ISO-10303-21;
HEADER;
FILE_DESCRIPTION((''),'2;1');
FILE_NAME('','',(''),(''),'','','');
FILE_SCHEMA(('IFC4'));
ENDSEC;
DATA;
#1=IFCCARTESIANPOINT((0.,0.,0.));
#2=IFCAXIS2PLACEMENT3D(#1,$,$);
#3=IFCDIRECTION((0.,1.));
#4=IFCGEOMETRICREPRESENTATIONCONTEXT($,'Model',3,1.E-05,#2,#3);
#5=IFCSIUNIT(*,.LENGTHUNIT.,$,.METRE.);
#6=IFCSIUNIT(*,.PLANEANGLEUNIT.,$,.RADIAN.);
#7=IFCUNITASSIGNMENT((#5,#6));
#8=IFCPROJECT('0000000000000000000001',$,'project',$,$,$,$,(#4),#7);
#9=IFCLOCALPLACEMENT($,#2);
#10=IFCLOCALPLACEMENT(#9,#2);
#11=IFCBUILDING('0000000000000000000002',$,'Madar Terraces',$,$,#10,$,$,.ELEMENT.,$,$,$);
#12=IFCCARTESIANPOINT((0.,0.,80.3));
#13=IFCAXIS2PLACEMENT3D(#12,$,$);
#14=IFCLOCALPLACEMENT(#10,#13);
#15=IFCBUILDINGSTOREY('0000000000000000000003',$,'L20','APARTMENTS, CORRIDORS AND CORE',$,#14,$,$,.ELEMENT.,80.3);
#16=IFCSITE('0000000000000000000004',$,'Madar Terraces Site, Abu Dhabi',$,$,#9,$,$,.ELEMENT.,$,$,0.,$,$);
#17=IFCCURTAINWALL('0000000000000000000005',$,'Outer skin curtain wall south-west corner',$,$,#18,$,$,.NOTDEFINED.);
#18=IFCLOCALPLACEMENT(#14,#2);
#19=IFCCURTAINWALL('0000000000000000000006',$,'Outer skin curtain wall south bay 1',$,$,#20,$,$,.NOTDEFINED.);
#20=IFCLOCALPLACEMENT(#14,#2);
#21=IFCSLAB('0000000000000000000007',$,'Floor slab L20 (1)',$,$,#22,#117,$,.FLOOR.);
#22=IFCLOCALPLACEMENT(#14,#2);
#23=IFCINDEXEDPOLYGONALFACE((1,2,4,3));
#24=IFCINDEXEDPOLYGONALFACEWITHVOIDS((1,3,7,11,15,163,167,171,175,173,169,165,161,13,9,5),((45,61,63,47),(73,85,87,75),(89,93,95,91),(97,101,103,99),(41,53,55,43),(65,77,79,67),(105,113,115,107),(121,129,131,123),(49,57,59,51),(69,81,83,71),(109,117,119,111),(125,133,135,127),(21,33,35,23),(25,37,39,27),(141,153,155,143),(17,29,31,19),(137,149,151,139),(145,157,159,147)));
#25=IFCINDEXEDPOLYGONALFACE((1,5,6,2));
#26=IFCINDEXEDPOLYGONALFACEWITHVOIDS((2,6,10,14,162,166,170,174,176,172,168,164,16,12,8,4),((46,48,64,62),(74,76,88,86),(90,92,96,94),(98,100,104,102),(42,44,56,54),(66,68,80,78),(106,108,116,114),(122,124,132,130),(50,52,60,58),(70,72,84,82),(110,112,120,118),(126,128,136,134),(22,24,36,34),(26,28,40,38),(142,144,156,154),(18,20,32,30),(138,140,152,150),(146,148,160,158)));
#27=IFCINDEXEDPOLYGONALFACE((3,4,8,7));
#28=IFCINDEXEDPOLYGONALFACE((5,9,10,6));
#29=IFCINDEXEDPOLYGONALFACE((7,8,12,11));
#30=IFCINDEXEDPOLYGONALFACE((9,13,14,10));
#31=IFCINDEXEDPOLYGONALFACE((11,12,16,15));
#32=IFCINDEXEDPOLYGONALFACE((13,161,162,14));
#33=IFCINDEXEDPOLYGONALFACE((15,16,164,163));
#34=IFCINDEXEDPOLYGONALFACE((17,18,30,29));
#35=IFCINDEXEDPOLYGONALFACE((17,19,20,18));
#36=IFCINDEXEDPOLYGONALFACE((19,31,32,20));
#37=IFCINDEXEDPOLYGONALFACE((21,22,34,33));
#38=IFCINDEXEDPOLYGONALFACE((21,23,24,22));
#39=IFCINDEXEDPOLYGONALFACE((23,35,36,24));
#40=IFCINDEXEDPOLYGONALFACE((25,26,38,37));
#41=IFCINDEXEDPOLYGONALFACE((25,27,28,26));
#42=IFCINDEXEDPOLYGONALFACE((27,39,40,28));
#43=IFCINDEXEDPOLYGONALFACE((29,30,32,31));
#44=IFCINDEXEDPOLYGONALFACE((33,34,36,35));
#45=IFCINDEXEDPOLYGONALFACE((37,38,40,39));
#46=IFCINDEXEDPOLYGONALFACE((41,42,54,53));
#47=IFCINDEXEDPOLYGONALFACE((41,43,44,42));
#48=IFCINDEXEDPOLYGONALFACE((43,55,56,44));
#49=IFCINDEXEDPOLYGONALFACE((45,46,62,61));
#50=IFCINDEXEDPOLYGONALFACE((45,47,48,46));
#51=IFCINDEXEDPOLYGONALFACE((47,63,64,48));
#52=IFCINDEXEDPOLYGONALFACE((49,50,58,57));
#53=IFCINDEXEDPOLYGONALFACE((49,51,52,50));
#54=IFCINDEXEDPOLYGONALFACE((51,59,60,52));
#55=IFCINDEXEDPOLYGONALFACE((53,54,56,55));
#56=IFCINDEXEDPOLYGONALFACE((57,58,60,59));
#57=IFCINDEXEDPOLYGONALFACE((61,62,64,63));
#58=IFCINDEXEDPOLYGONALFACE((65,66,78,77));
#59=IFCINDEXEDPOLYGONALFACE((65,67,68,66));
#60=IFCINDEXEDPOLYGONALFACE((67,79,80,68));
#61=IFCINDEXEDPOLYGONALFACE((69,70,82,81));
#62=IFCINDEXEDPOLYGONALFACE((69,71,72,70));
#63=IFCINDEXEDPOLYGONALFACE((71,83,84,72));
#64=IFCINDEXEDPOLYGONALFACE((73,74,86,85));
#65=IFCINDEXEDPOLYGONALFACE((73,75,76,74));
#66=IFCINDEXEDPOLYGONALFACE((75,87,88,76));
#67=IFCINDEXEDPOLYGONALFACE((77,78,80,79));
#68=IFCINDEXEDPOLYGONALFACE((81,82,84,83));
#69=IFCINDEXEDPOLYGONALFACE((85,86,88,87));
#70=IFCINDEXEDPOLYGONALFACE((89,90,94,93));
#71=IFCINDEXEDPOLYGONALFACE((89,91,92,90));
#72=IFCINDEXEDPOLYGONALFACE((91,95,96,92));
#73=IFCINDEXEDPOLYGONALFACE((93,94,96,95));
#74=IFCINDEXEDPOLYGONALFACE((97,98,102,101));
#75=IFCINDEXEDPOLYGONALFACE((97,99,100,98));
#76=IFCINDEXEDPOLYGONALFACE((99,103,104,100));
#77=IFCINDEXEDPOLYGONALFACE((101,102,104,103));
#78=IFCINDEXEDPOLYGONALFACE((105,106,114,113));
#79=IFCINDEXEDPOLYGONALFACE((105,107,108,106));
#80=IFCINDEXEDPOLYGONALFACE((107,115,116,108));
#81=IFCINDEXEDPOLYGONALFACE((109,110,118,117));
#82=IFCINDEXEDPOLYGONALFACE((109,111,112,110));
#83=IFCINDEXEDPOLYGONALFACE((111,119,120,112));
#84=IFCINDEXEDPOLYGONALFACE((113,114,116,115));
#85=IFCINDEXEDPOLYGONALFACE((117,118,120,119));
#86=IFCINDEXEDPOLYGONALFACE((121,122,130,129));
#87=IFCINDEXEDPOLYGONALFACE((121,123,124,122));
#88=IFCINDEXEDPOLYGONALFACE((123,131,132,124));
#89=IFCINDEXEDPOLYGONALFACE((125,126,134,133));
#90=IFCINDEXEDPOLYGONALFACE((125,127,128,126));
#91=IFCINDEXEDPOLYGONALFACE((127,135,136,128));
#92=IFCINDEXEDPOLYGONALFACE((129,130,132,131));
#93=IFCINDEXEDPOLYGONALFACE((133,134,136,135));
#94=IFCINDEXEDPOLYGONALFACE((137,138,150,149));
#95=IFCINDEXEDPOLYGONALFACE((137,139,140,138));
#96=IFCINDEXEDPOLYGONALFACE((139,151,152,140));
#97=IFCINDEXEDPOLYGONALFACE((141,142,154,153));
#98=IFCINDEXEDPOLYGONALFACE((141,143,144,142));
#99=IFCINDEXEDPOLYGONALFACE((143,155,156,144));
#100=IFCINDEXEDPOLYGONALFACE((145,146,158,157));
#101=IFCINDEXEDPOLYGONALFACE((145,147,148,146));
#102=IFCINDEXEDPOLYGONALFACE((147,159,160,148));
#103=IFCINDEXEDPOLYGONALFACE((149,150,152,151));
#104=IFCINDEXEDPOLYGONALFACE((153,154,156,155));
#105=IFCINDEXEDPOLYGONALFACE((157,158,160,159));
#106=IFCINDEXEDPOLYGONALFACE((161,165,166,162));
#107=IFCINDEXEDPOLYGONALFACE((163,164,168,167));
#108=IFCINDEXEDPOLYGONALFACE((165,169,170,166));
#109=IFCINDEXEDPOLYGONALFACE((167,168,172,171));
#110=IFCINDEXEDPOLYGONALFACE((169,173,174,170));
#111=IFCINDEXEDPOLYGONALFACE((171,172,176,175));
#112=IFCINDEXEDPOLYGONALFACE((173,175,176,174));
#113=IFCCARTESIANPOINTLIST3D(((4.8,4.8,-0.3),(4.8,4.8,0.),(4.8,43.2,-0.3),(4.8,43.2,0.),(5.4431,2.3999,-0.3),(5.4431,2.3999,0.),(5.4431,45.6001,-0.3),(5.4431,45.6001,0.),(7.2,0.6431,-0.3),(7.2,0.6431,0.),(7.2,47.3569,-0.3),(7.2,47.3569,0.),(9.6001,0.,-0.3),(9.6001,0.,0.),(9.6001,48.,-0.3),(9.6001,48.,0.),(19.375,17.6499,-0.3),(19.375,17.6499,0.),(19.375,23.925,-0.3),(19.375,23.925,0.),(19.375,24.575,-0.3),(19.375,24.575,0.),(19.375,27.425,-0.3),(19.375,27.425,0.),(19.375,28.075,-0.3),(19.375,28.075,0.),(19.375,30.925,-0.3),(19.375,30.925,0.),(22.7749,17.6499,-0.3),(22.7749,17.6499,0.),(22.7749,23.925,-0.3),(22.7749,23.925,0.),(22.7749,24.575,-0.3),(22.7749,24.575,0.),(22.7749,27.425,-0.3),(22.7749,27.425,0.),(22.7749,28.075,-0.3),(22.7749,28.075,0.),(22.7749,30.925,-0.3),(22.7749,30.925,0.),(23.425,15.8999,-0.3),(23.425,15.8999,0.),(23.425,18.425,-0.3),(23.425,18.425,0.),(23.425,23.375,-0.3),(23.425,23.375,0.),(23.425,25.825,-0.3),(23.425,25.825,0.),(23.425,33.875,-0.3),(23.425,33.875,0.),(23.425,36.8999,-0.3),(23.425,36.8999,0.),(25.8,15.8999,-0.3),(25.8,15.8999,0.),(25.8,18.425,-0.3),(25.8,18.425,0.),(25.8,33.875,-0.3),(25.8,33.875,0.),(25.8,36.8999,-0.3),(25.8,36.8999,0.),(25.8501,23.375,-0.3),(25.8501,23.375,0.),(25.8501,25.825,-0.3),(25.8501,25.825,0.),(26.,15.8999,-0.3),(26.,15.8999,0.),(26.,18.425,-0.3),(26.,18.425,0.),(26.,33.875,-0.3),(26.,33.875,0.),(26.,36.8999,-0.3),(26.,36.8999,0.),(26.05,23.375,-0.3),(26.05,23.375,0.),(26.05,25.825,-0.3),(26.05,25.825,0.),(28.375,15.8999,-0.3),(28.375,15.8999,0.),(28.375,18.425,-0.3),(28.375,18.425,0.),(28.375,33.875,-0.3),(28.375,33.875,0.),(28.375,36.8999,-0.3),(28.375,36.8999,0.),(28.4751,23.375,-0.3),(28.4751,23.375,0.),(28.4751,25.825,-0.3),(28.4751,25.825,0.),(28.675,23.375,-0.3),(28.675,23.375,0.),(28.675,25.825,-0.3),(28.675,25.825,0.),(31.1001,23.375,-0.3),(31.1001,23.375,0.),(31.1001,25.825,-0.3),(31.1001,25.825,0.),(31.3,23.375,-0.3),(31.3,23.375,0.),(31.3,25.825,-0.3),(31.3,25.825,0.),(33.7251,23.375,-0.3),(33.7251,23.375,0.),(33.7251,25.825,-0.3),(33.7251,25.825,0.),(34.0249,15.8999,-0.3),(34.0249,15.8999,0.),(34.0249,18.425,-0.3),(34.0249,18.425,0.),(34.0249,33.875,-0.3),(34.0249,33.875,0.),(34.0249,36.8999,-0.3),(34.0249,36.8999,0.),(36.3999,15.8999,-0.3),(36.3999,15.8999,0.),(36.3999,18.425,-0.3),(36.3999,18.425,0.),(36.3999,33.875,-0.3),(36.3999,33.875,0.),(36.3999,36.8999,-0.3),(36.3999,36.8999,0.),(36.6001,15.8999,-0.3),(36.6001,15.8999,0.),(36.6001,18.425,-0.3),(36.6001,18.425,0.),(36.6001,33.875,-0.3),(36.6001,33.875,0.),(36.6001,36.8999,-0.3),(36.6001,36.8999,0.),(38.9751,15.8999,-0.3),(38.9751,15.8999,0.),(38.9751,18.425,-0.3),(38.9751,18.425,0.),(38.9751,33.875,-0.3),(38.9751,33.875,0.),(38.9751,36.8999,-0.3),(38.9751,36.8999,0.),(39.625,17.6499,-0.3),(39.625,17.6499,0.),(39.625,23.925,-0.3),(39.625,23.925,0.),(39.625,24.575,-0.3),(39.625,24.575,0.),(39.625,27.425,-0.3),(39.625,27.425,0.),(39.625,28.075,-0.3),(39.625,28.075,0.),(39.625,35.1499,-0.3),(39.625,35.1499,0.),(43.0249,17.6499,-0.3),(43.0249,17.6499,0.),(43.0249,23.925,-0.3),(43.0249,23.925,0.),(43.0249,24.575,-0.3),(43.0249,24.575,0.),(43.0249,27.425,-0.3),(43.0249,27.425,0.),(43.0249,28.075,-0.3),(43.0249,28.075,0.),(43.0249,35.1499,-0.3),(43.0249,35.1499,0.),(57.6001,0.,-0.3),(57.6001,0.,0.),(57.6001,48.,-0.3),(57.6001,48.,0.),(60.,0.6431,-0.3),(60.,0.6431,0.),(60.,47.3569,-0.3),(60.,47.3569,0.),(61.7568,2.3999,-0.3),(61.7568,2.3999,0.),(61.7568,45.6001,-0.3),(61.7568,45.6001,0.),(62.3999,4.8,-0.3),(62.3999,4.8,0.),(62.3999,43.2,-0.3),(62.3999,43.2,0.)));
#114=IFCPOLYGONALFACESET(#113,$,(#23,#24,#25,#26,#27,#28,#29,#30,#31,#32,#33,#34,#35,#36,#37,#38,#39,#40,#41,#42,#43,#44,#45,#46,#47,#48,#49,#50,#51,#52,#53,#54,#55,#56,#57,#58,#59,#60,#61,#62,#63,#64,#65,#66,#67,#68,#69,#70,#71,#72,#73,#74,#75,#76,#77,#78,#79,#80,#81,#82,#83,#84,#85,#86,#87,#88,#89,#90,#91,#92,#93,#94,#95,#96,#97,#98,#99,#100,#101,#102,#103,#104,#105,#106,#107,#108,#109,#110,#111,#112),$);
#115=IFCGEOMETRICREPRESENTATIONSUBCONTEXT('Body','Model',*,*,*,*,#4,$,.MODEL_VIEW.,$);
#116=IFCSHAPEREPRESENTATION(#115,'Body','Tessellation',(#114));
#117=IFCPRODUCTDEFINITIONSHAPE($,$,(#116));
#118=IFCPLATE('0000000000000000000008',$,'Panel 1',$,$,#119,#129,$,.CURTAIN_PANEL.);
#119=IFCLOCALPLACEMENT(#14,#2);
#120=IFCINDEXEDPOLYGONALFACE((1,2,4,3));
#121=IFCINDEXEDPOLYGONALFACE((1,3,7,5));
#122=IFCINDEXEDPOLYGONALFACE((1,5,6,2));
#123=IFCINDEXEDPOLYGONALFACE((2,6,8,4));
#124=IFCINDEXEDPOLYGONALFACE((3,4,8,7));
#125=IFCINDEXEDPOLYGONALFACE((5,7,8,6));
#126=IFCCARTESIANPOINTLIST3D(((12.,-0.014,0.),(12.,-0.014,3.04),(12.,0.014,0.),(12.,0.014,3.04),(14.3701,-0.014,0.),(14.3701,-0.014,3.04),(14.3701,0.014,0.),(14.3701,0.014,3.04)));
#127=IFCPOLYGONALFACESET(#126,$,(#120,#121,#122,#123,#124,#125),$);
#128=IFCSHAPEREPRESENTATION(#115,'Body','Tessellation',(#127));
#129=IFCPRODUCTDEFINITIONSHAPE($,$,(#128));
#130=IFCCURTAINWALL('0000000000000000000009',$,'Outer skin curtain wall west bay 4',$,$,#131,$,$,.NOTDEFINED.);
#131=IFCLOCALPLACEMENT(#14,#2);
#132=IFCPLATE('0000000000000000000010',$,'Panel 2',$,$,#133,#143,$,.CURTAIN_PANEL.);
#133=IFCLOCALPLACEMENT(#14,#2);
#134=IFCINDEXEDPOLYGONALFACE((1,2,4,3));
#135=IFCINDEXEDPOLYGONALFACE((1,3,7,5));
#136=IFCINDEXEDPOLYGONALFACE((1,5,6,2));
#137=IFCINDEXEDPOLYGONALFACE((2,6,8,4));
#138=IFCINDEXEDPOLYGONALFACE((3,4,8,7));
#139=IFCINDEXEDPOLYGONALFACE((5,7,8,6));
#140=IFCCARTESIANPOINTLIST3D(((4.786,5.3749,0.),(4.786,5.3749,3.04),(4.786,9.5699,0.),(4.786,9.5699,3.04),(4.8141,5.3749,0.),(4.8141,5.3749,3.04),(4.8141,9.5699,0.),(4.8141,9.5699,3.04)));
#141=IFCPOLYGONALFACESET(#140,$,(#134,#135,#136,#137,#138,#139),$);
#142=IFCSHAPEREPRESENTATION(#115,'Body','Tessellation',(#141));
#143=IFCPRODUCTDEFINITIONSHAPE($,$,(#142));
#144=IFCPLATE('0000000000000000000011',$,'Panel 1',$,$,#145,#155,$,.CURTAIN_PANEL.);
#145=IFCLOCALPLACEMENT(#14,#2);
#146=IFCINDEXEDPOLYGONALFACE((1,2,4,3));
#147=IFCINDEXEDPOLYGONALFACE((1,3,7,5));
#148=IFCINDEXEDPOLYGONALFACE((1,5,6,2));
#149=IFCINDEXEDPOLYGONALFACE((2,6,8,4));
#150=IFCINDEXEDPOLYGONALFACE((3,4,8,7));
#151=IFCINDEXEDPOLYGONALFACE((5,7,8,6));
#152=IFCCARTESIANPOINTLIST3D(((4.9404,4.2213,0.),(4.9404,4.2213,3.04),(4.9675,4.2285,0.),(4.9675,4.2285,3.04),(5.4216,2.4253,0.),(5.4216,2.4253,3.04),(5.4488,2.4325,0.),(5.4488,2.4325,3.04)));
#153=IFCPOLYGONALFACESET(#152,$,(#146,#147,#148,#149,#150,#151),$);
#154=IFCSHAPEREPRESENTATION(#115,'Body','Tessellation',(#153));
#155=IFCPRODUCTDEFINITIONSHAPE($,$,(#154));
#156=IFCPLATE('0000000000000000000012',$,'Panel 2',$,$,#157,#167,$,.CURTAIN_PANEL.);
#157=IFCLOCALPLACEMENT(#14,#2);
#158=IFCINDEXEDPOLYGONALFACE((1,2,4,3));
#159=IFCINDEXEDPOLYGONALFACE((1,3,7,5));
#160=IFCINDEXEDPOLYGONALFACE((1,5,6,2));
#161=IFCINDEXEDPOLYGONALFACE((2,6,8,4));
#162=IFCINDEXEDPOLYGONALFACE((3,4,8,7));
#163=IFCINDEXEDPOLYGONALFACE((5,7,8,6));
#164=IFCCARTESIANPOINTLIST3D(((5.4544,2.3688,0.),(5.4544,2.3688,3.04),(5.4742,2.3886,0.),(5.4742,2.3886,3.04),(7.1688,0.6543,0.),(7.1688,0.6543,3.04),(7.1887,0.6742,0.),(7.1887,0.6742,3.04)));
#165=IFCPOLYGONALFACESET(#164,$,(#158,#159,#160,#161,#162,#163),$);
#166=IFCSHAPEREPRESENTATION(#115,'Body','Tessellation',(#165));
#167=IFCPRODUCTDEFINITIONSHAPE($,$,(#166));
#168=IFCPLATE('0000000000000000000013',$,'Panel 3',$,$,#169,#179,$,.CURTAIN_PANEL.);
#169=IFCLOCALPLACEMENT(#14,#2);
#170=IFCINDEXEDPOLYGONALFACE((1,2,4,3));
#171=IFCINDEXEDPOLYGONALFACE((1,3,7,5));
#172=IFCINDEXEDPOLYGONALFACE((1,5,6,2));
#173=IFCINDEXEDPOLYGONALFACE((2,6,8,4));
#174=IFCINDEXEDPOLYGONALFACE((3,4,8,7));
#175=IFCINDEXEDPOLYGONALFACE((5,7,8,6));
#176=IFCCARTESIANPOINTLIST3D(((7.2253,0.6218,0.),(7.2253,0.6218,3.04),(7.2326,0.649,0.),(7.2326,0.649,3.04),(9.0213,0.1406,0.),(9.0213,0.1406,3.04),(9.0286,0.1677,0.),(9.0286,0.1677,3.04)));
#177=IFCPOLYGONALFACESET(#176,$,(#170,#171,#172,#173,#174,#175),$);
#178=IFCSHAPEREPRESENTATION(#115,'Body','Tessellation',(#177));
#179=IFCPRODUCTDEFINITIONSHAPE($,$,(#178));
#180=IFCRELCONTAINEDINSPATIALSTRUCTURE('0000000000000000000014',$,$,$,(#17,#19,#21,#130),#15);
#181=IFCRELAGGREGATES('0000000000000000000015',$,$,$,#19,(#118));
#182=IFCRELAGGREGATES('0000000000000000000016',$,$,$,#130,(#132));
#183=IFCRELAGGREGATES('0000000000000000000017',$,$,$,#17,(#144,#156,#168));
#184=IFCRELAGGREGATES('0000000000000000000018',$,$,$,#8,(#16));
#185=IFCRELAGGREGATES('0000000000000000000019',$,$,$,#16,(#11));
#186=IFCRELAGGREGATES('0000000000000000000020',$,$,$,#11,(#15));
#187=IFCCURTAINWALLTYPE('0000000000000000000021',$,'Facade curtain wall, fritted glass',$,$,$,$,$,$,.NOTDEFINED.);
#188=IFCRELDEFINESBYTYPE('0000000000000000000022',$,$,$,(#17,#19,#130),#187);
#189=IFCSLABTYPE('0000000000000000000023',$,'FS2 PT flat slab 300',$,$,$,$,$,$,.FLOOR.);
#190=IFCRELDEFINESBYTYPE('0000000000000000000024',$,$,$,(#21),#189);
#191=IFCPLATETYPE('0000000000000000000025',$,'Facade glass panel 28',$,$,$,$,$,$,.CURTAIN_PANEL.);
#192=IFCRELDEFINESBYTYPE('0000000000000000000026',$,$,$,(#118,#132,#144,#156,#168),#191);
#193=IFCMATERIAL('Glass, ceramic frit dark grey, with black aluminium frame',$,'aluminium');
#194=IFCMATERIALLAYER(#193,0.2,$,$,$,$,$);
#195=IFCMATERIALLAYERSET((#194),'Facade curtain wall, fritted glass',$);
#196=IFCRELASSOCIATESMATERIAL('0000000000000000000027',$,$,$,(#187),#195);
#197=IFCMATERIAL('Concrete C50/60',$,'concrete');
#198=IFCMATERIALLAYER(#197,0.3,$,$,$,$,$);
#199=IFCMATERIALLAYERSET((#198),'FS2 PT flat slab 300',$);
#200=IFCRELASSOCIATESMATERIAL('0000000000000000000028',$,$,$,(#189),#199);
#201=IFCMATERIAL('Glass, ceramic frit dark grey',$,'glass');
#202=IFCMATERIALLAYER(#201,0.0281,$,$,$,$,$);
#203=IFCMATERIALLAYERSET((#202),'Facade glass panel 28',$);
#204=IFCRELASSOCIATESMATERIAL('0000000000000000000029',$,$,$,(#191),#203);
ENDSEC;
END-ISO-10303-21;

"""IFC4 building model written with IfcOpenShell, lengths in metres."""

from ifc_helpers import new_model, si_unit, direction, frame, origin, origin_2d, place, context, subcontext, project, spatial, polyline, rectangle, outline, extrude, material, layer, layer_set, type_object, element, aggregate, save


model = new_model("IFC4")

# Units and contexts
model_context = context("Model", 3, precision=1e-05, world=origin(), true_north=direction((0.0, 1.0)))
body_context = subcontext(model_context, "Body", "Model", "MODEL_VIEW")
ifc_project = project(units=[si_unit("LENGTHUNIT", "METRE"), si_unit("PLANEANGLEUNIT", "RADIAN")], contexts=[model_context])

# Site, building, storey
site_placement = place(None, origin())
site = spatial("IfcSite", under=ifc_project, at=site_placement, Name="Madar Terraces Site, Abu Dhabi", CompositionType="ELEMENT", RefElevation=0.0)
building_placement = place(site_placement, origin())
building = spatial("IfcBuilding", under=site, at=building_placement, Name="Madar Terraces", CompositionType="ELEMENT")
storey_placement = place(building_placement, frame((0.0, 0.0, 80.3)))
storey = spatial("IfcBuildingStorey", under=building, at=storey_placement, Name="L20", Description="APARTMENTS, CORRIDORS AND CORE", CompositionType="ELEMENT", Elevation=80.3)

# Curtain wall
ifc_material_1 = material(Name="Glass, ceramic frit dark grey, with black aluminium frame", Category="aluminium")
ifc_layer_1 = layer(ifc_material_1, 0.2)
ifc_layer_set_1 = layer_set([ifc_layer_1], Name="Facade curtain wall, fritted glass")
curtain_wall_type = type_object("IfcCurtainWallType", Name="Facade curtain wall, fritted glass", PredefinedType="NOTDEFINED", material=ifc_layer_set_1)
curtain_wall_1_placement = place(storey_placement, origin())
curtain_wall_1 = element("IfcCurtainWall", 1, at=curtain_wall_1_placement, inside=storey, type_object=curtain_wall_type, Name="Outer skin curtain wall south-west corner", PredefinedType="NOTDEFINED")

# Curtain wall
curtain_wall_2_placement = place(storey_placement, origin())
curtain_wall_2 = element("IfcCurtainWall", 2, at=curtain_wall_2_placement, inside=storey, type_object=curtain_wall_type, Name="Outer skin curtain wall south bay 1", PredefinedType="NOTDEFINED")

# Slab
ifc_material_2 = material(Name="Concrete C50/60", Category="concrete")
ifc_layer_2 = layer(ifc_material_2, 0.3)
ifc_layer_set_2 = layer_set([ifc_layer_2], Name="FS2 PT flat slab 300")
slab_type_1 = type_object("IfcSlabType", Name="FS2 PT flat slab 300", PredefinedType="FLOOR", material=ifc_layer_set_2)
slab_1_placement = place(storey_placement, frame((0.0, 0.0, -0.3)))
element("IfcSlab", 3, at=slab_1_placement, inside=storey, type_object=slab_type_1, Name="Floor slab L20 (1)", PredefinedType="FLOOR", context=body_context, shape_type="SweptSolid", body=[
    extrude(outline(polyline([(57.6001, 0.0), (60.0, 0.6431), (61.7568, 2.3999), (62.3999, 4.8), (62.3999, 43.2), (61.7568, 45.6001), (60.0, 47.3569), (57.6001, 48.0), (9.6001, 48.0), (7.2, 47.3569), (5.4431, 45.6001), (4.8, 43.2), (4.8, 4.8), (5.4431, 2.3999), (7.2, 0.6431), (9.6001, 0.0), (57.6001, 0.0)]), holes=[polyline([(23.425, 15.8999), (23.425, 18.425), (25.8, 18.425), (25.8, 15.8999), (23.425, 15.8999)]), polyline([(26.0, 15.8999), (26.0, 18.425), (28.375, 18.425), (28.375, 15.8999), (26.0, 15.8999)]), polyline([(19.375, 17.6499), (19.375, 23.925), (22.7749, 23.925), (22.7749, 17.6499), (19.375, 17.6499)]), polyline([(23.425, 23.375), (23.425, 25.825), (25.8501, 25.825), (25.8501, 23.375), (23.425, 23.375)]), polyline([(26.05, 23.375), (26.05, 25.825), (28.4751, 25.825), (28.4751, 23.375), (26.05, 23.375)]), polyline([(19.375, 24.575), (19.375, 27.425), (22.7749, 27.425), (22.7749, 24.575), (19.375, 24.575)]), polyline([(19.375, 28.075), (19.375, 30.925), (22.7749, 30.925), (22.7749, 28.075), (19.375, 28.075)]), polyline([(23.425, 36.8999), (25.8, 36.8999), (25.8, 33.875), (23.425, 33.875), (23.425, 36.8999)]), polyline([(26.0, 36.8999), (28.375, 36.8999), (28.375, 33.875), (26.0, 33.875), (26.0, 36.8999)]), polyline([(34.0249, 15.8999), (34.0249, 18.425), (36.3999, 18.425), (36.3999, 15.8999), (34.0249, 15.8999)]), polyline([(36.6001, 15.8999), (36.6001, 18.425), (38.9751, 18.425), (38.9751, 15.8999), (36.6001, 15.8999)]), polyline([(39.625, 17.6499), (39.625, 23.925), (43.0249, 23.925), (43.0249, 17.6499), (39.625, 17.6499)]), polyline([(28.675, 23.375), (28.675, 25.825), (31.1001, 25.825), (31.1001, 23.375), (28.675, 23.375)]), polyline([(31.3, 23.375), (31.3, 25.825), (33.7251, 25.825), (33.7251, 23.375), (31.3, 23.375)]), polyline([(39.625, 24.575), (39.625, 27.425), (43.0249, 27.425), (43.0249, 24.575), (39.625, 24.575)]), polyline([(39.625, 28.075), (39.625, 35.1499), (43.0249, 35.1499), (43.0249, 28.075), (39.625, 28.075)]), polyline([(34.0249, 36.8999), (36.3999, 36.8999), (36.3999, 33.875), (34.0249, 33.875), (34.0249, 36.8999)]), polyline([(36.6001, 36.8999), (38.9751, 36.8999), (38.9751, 33.875), (36.6001, 33.875), (36.6001, 36.8999)])]), origin(), (0.0, 0.0, 1.0), 0.3),
])

# Plate
ifc_material_3 = material(Name="Glass, ceramic frit dark grey", Category="glass")
ifc_layer_3 = layer(ifc_material_3, 0.0281)
ifc_layer_set_3 = layer_set([ifc_layer_3], Name="Facade glass panel 28")
plate_type = type_object("IfcPlateType", Name="Facade glass panel 28", PredefinedType="CURTAIN_PANEL", material=ifc_layer_set_3)
plate_1_placement = place(storey_placement, frame((13.1851, 0.0, 0.0), z_axis=(0.0, 0.0, 1.0), x_axis=(1.0, 0.0, 0.0)))
plate_1 = element("IfcPlate", 4, at=plate_1_placement, type_object=plate_type, Name="Panel 1", PredefinedType="CURTAIN_PANEL", context=body_context, shape_type="SweptSolid", body=[
    extrude(rectangle(XDim=2.3701, YDim=0.0281, at=origin_2d()), origin(), (0.0, 0.0, 1.0), 3.04),
])
aggregate(curtain_wall_2, [plate_1])

# Curtain wall, plate
curtain_wall_3_placement = place(storey_placement, origin())
curtain_wall_3 = element("IfcCurtainWall", 5, at=curtain_wall_3_placement, inside=storey, type_object=curtain_wall_type, Name="Outer skin curtain wall west bay 4", PredefinedType="NOTDEFINED")
plate_2_placement = place(storey_placement, frame((4.8, 7.4724, 0.0), z_axis=(0.0, 0.0, 1.0), x_axis=(0.0, -1.0, 0.0)))
plate_2 = element("IfcPlate", 6, at=plate_2_placement, type_object=plate_type, Name="Panel 2", PredefinedType="CURTAIN_PANEL", context=body_context, shape_type="SweptSolid", body=[
    extrude(rectangle(XDim=4.1951, YDim=0.0281, at=origin_2d()), origin(), (0.0, 0.0, 1.0), 3.04),
])
aggregate(curtain_wall_3, [plate_2])

# Plates
plate_3_placement = place(storey_placement, frame((5.1946, 3.3269, 0.0), z_axis=(0.0, 0.0, 1.0), x_axis=(0.258819, -0.965926, 0.0)))
plate_3 = element("IfcPlate", 7, at=plate_3_placement, type_object=plate_type, Name="Panel 1", PredefinedType="CURTAIN_PANEL", context=body_context, shape_type="SweptSolid", body=[
    extrude(rectangle(XDim=1.8594, YDim=0.0281, at=origin_2d()), origin(), (0.0, 0.0, 1.0), 3.04),
])
plate_4_placement = place(storey_placement, frame((6.3215, 1.5215, 0.0), z_axis=(0.0, 0.0, 1.0), x_axis=(0.707107, -0.707107, 0.0)))
plate_4 = element("IfcPlate", 8, at=plate_4_placement, type_object=plate_type, Name="Panel 2", PredefinedType="CURTAIN_PANEL", context=body_context, shape_type="SweptSolid", body=[
    extrude(rectangle(XDim=2.4246, YDim=0.0281, at=origin_2d()), origin(), (0.0, 0.0, 1.0), 3.04),
])
plate_5_placement = place(storey_placement, frame((8.127, 0.3948, 0.0), z_axis=(0.0, 0.0, 1.0), x_axis=(0.965926, -0.258819, 0.0)))
plate_5 = element("IfcPlate", 9, at=plate_5_placement, type_object=plate_type, Name="Panel 3", PredefinedType="CURTAIN_PANEL", context=body_context, shape_type="SweptSolid", body=[
    extrude(rectangle(XDim=1.8594, YDim=0.0281, at=origin_2d()), origin(), (0.0, 0.0, 1.0), 3.04),
])
aggregate(curtain_wall_1, [plate_3, plate_4, plate_5])

save(model, "model.ifc")
